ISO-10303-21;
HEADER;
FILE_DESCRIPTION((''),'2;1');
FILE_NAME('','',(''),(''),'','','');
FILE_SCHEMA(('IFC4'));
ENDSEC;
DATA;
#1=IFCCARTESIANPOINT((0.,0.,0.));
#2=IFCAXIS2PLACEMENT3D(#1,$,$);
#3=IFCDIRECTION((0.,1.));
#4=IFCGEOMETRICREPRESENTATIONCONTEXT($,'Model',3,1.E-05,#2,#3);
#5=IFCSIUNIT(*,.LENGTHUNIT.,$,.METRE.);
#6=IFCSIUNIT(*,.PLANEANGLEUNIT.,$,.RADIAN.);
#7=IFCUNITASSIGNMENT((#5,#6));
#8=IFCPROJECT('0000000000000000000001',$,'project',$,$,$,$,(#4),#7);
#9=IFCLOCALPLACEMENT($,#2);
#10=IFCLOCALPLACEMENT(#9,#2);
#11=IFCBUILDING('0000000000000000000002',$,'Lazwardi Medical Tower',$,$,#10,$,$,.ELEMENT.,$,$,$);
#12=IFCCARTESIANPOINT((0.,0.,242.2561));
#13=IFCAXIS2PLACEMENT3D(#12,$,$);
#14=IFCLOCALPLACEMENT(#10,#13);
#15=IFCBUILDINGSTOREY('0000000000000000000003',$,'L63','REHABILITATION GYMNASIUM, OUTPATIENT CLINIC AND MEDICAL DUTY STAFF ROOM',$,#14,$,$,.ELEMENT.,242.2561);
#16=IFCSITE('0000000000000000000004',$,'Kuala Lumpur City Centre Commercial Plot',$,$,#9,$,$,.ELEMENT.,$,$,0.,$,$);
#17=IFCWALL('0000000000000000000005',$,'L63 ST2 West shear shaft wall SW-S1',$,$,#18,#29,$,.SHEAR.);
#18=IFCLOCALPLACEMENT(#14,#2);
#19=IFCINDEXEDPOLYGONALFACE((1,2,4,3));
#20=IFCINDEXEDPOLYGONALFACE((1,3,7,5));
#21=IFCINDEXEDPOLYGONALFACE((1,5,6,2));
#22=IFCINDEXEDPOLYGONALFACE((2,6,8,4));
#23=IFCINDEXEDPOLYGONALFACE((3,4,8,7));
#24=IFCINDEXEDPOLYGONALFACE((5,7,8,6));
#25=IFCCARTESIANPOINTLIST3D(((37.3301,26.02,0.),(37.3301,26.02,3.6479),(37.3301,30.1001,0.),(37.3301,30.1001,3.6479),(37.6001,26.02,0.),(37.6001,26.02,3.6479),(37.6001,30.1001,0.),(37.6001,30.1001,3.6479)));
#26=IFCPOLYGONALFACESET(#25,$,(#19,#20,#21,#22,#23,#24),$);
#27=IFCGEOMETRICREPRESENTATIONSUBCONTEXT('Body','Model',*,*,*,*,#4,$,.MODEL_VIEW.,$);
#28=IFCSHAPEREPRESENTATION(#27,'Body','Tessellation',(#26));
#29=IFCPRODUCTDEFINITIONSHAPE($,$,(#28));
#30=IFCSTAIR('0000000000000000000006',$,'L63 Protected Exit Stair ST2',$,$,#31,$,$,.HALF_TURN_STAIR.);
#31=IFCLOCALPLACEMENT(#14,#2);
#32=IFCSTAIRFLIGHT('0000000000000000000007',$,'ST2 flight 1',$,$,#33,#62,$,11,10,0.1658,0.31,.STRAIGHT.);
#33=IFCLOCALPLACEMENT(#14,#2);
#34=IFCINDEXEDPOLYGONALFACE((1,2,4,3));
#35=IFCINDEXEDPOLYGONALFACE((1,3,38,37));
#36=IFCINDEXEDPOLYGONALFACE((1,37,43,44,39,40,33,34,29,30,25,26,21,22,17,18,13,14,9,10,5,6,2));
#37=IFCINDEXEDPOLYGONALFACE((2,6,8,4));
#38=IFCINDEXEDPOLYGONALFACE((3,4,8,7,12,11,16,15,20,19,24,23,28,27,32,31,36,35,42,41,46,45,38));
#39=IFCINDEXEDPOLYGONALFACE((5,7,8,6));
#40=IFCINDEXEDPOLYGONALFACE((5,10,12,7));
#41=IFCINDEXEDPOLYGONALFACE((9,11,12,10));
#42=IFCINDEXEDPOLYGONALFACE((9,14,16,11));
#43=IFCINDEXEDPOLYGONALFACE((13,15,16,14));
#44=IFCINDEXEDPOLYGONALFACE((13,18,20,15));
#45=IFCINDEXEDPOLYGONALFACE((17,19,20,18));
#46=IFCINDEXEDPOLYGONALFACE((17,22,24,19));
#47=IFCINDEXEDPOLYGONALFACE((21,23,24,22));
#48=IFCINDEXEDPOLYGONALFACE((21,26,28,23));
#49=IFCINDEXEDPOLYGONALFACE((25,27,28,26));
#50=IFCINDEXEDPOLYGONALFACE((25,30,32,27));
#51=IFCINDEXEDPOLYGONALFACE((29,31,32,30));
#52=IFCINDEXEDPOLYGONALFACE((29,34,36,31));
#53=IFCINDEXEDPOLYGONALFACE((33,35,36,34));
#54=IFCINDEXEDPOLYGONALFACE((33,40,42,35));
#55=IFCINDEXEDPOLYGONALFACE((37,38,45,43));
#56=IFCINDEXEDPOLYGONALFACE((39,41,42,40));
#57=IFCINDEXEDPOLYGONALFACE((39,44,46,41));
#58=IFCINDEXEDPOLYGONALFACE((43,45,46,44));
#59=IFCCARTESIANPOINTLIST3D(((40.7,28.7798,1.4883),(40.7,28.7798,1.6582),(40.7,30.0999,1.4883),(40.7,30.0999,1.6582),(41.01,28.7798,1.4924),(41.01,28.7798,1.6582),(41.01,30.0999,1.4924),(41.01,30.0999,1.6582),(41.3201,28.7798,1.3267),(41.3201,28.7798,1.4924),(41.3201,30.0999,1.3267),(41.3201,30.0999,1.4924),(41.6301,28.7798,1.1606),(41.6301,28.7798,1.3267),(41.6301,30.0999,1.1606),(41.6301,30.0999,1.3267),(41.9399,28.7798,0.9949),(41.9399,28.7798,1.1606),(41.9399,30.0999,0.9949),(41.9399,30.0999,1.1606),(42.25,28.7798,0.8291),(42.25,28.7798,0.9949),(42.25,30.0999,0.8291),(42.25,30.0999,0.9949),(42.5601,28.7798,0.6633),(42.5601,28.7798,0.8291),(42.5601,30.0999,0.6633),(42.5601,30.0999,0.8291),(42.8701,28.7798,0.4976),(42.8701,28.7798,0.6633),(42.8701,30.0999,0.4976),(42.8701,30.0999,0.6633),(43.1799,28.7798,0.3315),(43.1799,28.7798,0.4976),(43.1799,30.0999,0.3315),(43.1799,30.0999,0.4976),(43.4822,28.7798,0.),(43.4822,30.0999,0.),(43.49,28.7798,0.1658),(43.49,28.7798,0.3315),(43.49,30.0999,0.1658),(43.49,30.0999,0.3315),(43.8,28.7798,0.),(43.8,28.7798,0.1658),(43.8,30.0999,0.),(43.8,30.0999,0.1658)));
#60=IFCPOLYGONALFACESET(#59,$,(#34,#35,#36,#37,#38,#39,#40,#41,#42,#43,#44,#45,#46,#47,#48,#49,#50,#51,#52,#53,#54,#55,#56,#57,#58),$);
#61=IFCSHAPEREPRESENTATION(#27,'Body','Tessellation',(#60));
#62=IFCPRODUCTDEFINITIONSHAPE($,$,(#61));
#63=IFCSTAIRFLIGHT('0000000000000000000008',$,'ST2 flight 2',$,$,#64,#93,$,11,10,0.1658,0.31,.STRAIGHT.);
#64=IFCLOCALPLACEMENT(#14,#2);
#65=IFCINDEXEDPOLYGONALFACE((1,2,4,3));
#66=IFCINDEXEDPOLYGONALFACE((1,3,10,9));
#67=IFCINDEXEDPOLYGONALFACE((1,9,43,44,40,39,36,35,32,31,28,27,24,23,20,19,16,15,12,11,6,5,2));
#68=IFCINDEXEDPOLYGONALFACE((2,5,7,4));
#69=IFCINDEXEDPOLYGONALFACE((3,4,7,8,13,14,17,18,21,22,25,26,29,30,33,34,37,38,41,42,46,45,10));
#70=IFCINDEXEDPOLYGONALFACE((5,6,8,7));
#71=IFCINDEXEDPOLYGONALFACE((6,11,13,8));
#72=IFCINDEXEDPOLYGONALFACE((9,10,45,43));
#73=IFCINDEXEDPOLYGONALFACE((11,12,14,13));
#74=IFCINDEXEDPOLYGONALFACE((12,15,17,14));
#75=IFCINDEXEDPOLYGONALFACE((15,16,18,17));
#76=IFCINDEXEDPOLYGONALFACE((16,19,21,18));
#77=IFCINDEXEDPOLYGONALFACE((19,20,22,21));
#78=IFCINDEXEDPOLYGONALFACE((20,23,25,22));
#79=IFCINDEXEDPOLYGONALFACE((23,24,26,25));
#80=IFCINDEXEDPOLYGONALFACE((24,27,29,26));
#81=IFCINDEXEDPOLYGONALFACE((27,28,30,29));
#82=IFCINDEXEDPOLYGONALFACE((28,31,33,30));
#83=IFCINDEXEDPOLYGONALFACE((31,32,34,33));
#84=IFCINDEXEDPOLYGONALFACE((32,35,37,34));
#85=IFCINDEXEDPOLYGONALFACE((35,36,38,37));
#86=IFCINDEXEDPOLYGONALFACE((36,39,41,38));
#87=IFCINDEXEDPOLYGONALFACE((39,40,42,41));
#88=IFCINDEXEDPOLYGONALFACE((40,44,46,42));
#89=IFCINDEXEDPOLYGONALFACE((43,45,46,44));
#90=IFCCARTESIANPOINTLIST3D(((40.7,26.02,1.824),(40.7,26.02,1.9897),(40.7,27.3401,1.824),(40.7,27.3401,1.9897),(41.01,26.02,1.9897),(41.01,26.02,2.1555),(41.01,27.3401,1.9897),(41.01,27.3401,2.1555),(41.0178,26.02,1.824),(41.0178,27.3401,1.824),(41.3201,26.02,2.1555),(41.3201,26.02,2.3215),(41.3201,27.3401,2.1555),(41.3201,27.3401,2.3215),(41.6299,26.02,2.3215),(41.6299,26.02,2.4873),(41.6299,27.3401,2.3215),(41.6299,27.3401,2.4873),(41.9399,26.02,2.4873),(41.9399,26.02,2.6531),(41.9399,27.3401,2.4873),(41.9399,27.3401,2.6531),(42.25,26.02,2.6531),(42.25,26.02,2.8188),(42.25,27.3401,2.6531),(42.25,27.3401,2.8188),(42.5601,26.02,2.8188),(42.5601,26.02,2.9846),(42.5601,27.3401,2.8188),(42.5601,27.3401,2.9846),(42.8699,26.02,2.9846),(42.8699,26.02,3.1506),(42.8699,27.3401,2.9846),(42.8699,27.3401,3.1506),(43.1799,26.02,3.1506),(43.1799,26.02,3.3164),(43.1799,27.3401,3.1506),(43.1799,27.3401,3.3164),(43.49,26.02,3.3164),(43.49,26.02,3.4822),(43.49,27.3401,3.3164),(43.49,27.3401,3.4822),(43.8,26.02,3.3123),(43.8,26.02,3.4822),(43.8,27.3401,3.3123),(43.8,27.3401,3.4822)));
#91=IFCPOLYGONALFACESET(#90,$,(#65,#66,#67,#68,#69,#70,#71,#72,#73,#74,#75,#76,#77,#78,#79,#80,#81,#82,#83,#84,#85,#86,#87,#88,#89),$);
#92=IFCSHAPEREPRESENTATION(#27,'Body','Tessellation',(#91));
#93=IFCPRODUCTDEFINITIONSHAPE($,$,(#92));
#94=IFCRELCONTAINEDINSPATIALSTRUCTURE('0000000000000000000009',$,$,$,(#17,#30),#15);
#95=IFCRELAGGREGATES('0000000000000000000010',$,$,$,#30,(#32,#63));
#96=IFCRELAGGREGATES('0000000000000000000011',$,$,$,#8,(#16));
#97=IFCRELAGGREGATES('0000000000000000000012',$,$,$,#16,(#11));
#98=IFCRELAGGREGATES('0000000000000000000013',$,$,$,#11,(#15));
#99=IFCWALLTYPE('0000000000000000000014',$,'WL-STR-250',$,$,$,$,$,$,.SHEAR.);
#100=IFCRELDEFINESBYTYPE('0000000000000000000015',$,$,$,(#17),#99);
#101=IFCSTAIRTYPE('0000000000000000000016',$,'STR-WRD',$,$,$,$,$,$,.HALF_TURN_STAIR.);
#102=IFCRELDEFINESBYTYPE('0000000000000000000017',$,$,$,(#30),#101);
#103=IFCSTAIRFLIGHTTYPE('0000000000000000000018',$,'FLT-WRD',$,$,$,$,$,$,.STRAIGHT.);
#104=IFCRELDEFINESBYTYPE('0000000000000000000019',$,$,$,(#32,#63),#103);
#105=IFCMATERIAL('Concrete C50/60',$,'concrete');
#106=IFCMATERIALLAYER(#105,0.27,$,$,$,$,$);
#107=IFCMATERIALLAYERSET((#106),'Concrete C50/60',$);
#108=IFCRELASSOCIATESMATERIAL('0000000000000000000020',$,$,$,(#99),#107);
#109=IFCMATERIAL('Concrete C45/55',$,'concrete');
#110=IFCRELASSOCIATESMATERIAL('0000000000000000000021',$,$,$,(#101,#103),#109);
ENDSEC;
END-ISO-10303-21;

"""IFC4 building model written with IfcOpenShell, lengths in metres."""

from ifc_helpers import new_model, si_unit, direction, frame, frame_2d, origin, place, context, subcontext, project, spatial, polyline, rectangle, outline, extrude, material, layer, layer_set, type_object, element, aggregate, save


model = new_model("IFC4")

# Units and contexts
model_context = context("Model", 3, precision=1e-05, world=origin(), true_north=direction((0.0, 1.0)))
body_context = subcontext(model_context, "Body", "Model", "MODEL_VIEW")
ifc_project = project(units=[si_unit("LENGTHUNIT", "METRE"), si_unit("PLANEANGLEUNIT", "RADIAN")], contexts=[model_context])

# Site, building, storey
site_placement = place(None, origin())
site = spatial("IfcSite", under=ifc_project, at=site_placement, Name="Kuala Lumpur City Centre Commercial Plot", CompositionType="ELEMENT", RefElevation=0.0)
building_placement = place(site_placement, origin())
building = spatial("IfcBuilding", under=site, at=building_placement, Name="Lazwardi Medical Tower", CompositionType="ELEMENT")
storey_placement = place(building_placement, frame((0.0, 0.0, 242.2561)))
storey = spatial("IfcBuildingStorey", under=building, at=storey_placement, Name="L63", Description="REHABILITATION GYMNASIUM, OUTPATIENT CLINIC AND MEDICAL DUTY STAFF ROOM", CompositionType="ELEMENT", Elevation=242.2561)

# Wall
ifc_material_1 = material(Name="Concrete C50/60", Category="concrete")
ifc_layer_1 = layer(ifc_material_1, 0.27)
ifc_layer_set_1 = layer_set([ifc_layer_1], Name="Concrete C50/60")
wall_type_1 = type_object("IfcWallType", Name="WL-STR-250", PredefinedType="SHEAR", material=ifc_layer_set_1)
for number, where, z_axis, x_axis, name in (
    (1, (37.4651, 26.02, 0.0), (0.0, 0.0, 1.0), (0.0, 1.0, 0.0), "L63 ST2 West shear shaft wall SW-S1"),
):
    element("IfcWall", number, at=place(storey_placement, frame(where, z_axis=z_axis, x_axis=x_axis)), inside=storey, type_object=wall_type_1, Name=name, PredefinedType="SHEAR", context=body_context, shape_type="SweptSolid", body=[
        extrude(rectangle(XDim=4.0801, YDim=0.27, at=frame_2d((2.04, 0.0))), origin(), (0.0, 0.0, 1.0), 3.6479),
    ])

# Stair, stair flights
ifc_material_2 = material(Name="Concrete C45/55", Category="concrete")
stair_type = type_object("IfcStairType", Name="STR-WRD", PredefinedType="HALF_TURN_STAIR", material=ifc_material_2)
stair_placement = place(storey_placement, origin())
stair = element("IfcStair", 2, at=stair_placement, inside=storey, type_object=stair_type, Name="L63 Protected Exit Stair ST2", PredefinedType="HALF_TURN_STAIR")
stair_flight_type = type_object("IfcStairFlightType", Name="FLT-WRD", PredefinedType="STRAIGHT", material=ifc_material_2)
stair_flight_1_placement = place(storey_placement, frame((43.8, 29.4399, 0.0), z_axis=(0.0, 0.0, 1.0), x_axis=(-1.0, 0.0, 0.0)))
stair_flight_1 = element("IfcStairFlight", 3, at=stair_flight_1_placement, type_object=stair_flight_type, Name="ST2 flight 1", NumberOfRisers=11, NumberOfTreads=10, PredefinedType="STRAIGHT", RiserHeight=0.1658, TreadLength=0.31, context=body_context, shape_type="SweptSolid", body=[
    extrude(outline(polyline([(0.0, 0.0), (0.0, 0.1658), (0.3101, 0.1658), (0.3101, 0.3315), (0.6201, 0.3315), (0.6201, 0.4976), (0.9299, 0.4976), (0.9299, 0.6633), (1.24, 0.6633), (1.24, 0.8291), (1.55, 0.8291), (1.55, 0.9949), (1.8601, 0.9949), (1.8601, 1.1606), (2.1699, 1.1606), (2.1699, 1.3267), (2.48, 1.3267), (2.48, 1.4924), (2.79, 1.4924), (2.79, 1.6582), (3.1001, 1.6582), (3.1001, 1.824), (3.1001, 1.4883), (0.3179, 0.0), (0.0, 0.0)])), frame((0.0, 0.6602, 0.0), z_axis=(0.0, -1.0, 0.0), x_axis=(1.0, 0.0, 0.0)), (0.0, 0.0, 1.0), 1.3201),
])
stair_flight_2_placement = place(storey_placement, frame((40.7, 26.6799, 1.824), z_axis=(0.0, 0.0, 1.0), x_axis=(1.0, 0.0, 0.0)))
stair_flight_2 = element("IfcStairFlight", 4, at=stair_flight_2_placement, type_object=stair_flight_type, Name="ST2 flight 2", NumberOfRisers=11, NumberOfTreads=10, PredefinedType="STRAIGHT", RiserHeight=0.1658, TreadLength=0.31, context=body_context, shape_type="SweptSolid", body=[
    extrude(outline(polyline([(0.0, 0.0), (0.0, 0.1658), (0.3101, 0.1658), (0.3101, 0.3315), (0.6201, 0.3315), (0.6201, 0.4976), (0.9299, 0.4976), (0.9299, 0.6633), (1.24, 0.6633), (1.24, 0.8291), (1.55, 0.8291), (1.55, 0.9949), (1.8601, 0.9949), (1.8601, 1.1606), (2.1699, 1.1606), (2.1699, 1.3267), (2.48, 1.3267), (2.48, 1.4924), (2.79, 1.4924), (2.79, 1.6582), (3.1001, 1.6582), (3.1001, 1.824), (3.1001, 1.4883), (0.3179, 0.0), (0.0, 0.0)])), frame((0.0, 0.6602, 0.0), z_axis=(0.0, -1.0, 0.0), x_axis=(1.0, 0.0, 0.0)), (0.0, 0.0, 1.0), 1.3201),
])
aggregate(stair, [stair_flight_1, stair_flight_2])

save(model, "model.ifc")
